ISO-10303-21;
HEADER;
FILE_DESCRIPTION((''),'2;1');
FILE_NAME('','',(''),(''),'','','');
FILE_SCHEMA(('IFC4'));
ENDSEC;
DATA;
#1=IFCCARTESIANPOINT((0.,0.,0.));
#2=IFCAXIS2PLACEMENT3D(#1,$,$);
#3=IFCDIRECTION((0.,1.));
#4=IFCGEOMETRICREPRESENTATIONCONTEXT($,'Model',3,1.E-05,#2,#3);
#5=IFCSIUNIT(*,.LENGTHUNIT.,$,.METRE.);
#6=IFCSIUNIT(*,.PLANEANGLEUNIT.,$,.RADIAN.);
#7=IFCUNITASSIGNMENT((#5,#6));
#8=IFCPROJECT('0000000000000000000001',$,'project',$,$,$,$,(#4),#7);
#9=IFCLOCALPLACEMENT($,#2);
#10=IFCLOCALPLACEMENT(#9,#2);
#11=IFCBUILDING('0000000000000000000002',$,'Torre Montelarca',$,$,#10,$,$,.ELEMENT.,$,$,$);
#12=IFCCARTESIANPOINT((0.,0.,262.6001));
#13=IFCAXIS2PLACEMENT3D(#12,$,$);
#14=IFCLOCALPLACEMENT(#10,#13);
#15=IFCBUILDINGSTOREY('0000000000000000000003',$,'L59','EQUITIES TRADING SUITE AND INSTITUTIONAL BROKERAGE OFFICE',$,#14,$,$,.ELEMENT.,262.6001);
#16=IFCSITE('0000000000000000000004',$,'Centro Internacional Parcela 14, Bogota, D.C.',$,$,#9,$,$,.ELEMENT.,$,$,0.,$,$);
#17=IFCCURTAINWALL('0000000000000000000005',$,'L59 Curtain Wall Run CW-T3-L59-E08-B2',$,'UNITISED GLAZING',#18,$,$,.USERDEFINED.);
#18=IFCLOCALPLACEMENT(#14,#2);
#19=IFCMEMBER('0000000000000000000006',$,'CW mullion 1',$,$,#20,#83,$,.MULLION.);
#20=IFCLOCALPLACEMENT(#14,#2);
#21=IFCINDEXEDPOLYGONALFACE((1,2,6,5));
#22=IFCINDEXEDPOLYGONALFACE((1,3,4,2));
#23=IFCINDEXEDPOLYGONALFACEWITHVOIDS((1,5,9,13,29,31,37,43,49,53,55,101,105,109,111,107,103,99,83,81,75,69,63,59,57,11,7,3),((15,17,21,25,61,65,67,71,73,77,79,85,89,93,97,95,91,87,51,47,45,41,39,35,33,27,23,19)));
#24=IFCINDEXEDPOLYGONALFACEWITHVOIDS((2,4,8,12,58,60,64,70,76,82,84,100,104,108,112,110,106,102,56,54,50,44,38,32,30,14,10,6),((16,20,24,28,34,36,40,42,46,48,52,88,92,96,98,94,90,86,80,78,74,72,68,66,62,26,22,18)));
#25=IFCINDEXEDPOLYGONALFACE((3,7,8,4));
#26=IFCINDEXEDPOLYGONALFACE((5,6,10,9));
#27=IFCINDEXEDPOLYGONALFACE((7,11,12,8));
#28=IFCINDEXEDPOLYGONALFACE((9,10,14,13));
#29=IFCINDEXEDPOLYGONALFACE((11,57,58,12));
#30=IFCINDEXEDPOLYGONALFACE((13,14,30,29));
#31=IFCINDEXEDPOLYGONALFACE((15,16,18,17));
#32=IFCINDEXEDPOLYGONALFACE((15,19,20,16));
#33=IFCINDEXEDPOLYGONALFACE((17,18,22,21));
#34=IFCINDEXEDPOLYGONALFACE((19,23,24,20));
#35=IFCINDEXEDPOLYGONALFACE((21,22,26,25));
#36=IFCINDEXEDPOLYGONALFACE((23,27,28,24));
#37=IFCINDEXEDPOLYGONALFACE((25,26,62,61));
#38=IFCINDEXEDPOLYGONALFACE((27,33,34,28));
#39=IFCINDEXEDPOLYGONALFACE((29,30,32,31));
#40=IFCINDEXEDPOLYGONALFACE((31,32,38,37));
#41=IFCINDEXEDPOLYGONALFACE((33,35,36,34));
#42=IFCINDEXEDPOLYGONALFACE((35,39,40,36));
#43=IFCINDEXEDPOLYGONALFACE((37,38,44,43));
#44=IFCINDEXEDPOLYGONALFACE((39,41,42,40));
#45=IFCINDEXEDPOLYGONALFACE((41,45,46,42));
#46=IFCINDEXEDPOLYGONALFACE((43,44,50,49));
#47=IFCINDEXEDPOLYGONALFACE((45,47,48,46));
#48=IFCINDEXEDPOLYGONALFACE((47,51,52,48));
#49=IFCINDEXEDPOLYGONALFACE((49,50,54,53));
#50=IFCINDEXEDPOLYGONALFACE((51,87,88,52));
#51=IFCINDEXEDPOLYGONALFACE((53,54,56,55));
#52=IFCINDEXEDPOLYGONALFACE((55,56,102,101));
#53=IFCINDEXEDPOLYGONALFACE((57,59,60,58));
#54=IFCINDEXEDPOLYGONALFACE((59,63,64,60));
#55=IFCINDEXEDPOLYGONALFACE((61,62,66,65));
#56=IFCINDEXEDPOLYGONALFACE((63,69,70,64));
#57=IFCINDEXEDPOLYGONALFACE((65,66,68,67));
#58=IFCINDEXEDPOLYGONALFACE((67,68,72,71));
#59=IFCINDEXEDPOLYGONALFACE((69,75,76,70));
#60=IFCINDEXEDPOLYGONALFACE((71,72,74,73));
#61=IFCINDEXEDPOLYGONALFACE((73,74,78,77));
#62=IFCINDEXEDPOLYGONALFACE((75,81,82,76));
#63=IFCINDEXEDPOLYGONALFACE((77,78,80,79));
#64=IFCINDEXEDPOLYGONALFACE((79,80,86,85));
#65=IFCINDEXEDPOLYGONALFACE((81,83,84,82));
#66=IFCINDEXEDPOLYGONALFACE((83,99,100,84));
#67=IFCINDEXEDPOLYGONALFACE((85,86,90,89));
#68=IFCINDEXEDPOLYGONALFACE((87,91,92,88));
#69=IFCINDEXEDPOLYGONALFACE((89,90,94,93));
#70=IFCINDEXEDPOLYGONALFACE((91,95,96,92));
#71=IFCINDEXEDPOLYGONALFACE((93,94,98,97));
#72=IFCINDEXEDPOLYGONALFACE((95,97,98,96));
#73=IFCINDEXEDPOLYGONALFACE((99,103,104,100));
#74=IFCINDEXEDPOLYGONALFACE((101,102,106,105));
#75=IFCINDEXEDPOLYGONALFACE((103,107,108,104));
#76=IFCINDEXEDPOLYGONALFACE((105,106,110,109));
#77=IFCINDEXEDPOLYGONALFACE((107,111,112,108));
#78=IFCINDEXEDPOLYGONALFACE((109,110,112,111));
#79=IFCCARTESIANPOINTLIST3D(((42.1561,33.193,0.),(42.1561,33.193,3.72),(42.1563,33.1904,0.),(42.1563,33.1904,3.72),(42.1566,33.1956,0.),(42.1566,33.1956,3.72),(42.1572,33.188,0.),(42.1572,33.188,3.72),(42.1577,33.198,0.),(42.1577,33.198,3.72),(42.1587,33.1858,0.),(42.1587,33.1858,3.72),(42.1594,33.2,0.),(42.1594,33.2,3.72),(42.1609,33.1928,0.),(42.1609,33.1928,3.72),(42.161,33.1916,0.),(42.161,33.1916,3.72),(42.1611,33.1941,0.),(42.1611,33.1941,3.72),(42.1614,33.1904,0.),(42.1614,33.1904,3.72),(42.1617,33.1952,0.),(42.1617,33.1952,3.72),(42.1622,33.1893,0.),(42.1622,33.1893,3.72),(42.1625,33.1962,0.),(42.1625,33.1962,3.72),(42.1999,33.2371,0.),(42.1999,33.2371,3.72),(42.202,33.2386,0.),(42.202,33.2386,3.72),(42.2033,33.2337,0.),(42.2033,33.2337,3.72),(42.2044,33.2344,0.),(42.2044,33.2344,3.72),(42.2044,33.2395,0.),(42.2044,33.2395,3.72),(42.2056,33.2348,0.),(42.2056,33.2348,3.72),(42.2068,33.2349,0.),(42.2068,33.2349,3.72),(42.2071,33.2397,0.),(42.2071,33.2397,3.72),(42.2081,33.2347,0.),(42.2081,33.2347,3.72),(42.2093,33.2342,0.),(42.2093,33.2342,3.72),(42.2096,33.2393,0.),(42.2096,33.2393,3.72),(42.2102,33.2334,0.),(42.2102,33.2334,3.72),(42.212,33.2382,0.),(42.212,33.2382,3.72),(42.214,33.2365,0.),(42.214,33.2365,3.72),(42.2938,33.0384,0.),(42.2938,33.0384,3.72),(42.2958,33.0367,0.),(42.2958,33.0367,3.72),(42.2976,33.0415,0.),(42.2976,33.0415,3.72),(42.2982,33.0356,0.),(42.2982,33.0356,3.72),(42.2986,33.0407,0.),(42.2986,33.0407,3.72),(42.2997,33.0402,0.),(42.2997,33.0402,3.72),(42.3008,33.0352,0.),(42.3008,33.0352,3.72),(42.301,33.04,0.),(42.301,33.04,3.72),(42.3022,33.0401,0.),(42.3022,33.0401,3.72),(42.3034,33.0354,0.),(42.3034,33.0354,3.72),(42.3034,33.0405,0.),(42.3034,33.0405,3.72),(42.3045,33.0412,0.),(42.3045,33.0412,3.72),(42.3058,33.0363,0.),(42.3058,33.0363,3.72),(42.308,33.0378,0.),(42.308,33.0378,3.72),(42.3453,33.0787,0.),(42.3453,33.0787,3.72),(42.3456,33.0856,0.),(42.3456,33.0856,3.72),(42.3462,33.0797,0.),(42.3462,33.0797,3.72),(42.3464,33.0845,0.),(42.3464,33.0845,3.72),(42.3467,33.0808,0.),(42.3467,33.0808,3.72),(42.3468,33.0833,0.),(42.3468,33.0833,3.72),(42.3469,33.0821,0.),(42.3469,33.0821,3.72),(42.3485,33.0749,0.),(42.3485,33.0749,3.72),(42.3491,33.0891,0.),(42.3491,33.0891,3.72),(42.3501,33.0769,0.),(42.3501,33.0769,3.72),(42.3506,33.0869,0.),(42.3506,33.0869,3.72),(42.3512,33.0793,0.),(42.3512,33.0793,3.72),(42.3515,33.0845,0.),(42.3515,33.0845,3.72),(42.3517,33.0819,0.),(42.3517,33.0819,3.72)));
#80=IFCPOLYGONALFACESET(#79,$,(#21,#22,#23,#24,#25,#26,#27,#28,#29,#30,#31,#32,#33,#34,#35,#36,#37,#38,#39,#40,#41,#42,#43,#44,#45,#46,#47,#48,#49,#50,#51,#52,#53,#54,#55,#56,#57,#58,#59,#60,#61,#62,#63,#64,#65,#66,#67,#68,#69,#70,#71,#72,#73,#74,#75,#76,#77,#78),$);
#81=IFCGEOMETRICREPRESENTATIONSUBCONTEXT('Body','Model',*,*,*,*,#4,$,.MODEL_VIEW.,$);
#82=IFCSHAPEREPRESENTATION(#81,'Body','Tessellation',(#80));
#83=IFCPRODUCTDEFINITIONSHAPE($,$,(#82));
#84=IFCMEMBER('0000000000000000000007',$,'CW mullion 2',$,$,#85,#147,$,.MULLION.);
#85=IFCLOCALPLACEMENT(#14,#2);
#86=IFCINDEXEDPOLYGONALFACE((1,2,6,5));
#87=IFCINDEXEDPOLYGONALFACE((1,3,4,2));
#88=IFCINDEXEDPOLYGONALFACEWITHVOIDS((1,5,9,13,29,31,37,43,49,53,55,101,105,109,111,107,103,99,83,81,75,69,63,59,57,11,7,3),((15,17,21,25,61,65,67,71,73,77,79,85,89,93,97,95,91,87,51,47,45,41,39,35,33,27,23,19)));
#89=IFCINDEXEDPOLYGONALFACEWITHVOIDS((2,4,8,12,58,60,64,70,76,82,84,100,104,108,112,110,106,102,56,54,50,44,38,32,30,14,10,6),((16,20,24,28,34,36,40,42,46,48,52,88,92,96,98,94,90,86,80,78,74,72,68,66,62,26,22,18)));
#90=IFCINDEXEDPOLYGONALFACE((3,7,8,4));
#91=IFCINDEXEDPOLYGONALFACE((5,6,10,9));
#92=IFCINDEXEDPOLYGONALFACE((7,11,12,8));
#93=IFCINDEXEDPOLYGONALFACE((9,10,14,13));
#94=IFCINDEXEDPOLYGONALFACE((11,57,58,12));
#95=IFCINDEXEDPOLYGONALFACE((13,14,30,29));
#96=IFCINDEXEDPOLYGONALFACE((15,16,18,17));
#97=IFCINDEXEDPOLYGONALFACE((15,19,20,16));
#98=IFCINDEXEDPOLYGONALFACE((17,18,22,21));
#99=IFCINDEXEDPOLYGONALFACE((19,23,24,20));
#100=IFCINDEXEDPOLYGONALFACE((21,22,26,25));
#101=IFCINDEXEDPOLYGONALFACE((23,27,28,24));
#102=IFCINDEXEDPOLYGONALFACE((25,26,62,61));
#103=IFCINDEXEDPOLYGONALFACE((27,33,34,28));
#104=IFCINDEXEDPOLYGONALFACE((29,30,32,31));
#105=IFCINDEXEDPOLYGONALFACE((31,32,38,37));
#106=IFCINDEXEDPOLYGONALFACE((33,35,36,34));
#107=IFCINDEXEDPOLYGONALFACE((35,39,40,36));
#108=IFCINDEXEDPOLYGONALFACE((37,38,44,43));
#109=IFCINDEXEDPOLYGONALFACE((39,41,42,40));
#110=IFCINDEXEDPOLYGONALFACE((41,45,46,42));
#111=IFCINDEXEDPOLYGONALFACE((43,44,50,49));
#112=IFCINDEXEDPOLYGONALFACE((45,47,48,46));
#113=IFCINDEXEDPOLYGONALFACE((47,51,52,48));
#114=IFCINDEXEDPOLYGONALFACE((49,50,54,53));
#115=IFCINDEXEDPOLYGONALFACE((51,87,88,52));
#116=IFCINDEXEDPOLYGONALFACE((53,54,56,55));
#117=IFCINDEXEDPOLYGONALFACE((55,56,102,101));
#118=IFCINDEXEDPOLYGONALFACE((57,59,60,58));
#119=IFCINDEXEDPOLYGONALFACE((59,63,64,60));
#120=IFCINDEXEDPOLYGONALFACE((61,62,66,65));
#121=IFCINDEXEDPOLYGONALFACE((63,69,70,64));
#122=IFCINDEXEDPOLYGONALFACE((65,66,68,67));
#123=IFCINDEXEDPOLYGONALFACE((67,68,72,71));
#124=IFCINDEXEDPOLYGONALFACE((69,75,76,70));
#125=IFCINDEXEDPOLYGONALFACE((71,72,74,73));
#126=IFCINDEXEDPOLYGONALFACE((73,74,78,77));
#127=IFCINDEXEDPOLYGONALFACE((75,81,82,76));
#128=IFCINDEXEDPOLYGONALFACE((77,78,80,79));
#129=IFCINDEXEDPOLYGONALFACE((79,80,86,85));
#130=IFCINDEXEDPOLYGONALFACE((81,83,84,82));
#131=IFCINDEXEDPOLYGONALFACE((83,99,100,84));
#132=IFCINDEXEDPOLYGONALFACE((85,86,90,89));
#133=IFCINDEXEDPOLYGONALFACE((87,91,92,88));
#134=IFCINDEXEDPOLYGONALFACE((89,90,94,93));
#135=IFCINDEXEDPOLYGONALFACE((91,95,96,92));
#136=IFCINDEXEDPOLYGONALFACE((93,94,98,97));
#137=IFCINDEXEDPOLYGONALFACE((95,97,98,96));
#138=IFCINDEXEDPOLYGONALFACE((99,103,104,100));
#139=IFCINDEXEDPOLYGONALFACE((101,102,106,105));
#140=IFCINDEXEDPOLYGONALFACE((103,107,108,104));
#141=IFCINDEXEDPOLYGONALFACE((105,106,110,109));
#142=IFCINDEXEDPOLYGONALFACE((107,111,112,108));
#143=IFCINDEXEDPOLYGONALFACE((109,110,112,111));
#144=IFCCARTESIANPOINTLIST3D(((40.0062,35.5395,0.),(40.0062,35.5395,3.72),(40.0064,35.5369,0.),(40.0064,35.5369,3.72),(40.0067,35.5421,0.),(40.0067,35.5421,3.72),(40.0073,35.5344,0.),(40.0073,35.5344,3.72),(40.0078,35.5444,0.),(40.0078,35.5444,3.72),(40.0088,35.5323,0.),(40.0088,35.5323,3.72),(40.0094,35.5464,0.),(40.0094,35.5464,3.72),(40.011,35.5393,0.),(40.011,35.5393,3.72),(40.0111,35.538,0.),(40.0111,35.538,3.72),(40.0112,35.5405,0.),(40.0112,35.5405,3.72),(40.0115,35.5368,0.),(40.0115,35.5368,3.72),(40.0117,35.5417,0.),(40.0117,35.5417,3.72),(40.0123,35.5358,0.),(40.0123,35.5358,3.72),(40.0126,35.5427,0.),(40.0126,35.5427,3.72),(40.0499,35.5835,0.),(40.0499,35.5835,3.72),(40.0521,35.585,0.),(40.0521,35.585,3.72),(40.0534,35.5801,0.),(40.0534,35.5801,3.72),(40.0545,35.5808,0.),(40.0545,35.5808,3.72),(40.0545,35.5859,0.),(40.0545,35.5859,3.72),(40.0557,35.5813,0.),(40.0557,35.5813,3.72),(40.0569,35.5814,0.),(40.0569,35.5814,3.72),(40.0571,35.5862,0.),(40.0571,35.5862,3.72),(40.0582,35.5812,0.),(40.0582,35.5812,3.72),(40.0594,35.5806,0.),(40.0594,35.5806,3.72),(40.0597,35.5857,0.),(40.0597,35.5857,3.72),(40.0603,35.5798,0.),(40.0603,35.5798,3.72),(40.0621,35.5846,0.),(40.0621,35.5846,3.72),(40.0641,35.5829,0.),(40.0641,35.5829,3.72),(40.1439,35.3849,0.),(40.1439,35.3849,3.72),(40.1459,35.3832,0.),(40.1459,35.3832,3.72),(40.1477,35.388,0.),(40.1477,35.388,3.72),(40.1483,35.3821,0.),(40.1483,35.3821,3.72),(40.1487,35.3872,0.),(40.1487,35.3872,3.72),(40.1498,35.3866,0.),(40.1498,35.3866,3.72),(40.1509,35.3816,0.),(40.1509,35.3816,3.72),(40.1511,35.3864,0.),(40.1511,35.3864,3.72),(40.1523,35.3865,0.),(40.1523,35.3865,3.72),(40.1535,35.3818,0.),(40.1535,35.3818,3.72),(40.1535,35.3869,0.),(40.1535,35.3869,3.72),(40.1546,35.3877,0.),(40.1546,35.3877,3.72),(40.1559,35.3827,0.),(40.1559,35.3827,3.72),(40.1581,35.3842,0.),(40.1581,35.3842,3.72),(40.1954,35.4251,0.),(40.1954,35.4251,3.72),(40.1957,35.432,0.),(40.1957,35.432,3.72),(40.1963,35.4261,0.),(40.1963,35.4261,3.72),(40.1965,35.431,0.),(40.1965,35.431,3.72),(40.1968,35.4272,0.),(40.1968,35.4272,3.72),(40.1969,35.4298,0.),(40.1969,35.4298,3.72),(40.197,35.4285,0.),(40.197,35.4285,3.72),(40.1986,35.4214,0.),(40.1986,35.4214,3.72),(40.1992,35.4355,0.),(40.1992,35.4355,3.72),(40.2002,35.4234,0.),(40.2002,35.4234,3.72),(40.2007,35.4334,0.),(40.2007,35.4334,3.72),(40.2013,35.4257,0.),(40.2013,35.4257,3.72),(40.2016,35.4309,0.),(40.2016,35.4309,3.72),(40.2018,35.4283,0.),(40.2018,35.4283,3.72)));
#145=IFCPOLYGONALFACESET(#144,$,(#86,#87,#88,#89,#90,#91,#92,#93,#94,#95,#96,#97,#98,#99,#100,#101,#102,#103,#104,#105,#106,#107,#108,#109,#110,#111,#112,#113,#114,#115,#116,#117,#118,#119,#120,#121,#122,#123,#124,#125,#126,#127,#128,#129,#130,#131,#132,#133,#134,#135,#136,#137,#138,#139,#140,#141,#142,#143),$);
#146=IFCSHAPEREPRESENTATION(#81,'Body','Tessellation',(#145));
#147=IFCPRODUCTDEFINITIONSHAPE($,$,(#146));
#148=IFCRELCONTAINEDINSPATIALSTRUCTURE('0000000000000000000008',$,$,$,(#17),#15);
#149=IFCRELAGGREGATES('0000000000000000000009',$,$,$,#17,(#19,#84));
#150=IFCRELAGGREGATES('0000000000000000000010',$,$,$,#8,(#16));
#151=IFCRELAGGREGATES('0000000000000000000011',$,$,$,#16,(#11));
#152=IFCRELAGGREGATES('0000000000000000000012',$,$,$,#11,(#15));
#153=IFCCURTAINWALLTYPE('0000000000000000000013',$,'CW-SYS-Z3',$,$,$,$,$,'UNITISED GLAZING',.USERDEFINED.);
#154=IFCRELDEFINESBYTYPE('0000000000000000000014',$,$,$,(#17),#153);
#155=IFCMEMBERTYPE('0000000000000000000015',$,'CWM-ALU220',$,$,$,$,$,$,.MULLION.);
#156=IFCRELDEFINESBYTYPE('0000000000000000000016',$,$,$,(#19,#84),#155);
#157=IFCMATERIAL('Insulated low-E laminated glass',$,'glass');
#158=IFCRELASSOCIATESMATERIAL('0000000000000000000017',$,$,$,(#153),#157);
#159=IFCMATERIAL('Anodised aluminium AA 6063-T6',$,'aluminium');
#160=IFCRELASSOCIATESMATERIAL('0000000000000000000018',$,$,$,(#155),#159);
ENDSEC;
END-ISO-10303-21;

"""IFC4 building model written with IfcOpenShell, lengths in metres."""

from ifc_helpers import new_model, si_unit, direction, frame, origin, origin_2d, place, context, subcontext, project, spatial, hollow_rectangle, extrude, source, transform, mapped, material, material_profile, profile_set, type_object, element, aggregate, save


model = new_model("IFC4")

# Units and contexts
model_context = context("Model", 3, precision=1e-05, world=origin(), true_north=direction((0.0, 1.0)))
body_context = subcontext(model_context, "Body", "Model", "MODEL_VIEW")
ifc_project = project(units=[si_unit("LENGTHUNIT", "METRE"), si_unit("PLANEANGLEUNIT", "RADIAN")], contexts=[model_context])

# Site, building, storey
site_placement = place(None, origin())
site = spatial("IfcSite", under=ifc_project, at=site_placement, Name="Centro Internacional Parcela 14, Bogota, D.C.", CompositionType="ELEMENT", RefElevation=0.0)
building_placement = place(site_placement, origin())
building = spatial("IfcBuilding", under=site, at=building_placement, Name="Torre Montelarca", CompositionType="ELEMENT")
storey_placement = place(building_placement, frame((0.0, 0.0, 262.6001)))
storey = spatial("IfcBuildingStorey", under=building, at=storey_placement, Name="L59", Description="EQUITIES TRADING SUITE AND INSTITUTIONAL BROKERAGE OFFICE", CompositionType="ELEMENT", Elevation=262.6001)

# Shared definitions
ifc_material_1 = material(Name="Insulated low-E laminated glass", Category="glass")
curtain_wall_type = type_object("IfcCurtainWallType", Name="CW-SYS-Z3", ElementType="UNITISED GLAZING", PredefinedType="USERDEFINED", material=ifc_material_1)
ifc_material_2 = material(Name="Anodised aluminium AA 6063-T6", Category="aluminium")
ifc_material_profile_1 = material_profile(ifc_material_2, hollow_rectangle(XDim=0.075, YDim=0.22, WallThickness=0.0049, InnerFilletRadius=0.0049, OuterFilletRadius=0.01, at=origin_2d()), Name="ALU75X220X5", Category="aluminium")
ifc_profile_set_1 = profile_set([ifc_material_profile_1], Name="Anodised aluminium AA 6063-T6")
member_type_1 = type_object("IfcMemberType", Name="CWM-ALU220", PredefinedType="MULLION", material=ifc_profile_set_1)
shared_shape_1 = source(origin(), body_context, "Body", "SweptSolid", [
    extrude(hollow_rectangle(XDim=0.075, YDim=0.22, WallThickness=0.0049, InnerFilletRadius=0.0049, OuterFilletRadius=0.01, at=origin_2d()), origin(), (0.0, 0.0, 1.0), 3.72),
])

# Curtain wall, members
curtain_wall_1_placement = place(storey_placement, origin())
curtain_wall_1 = element("IfcCurtainWall", 1, at=curtain_wall_1_placement, inside=storey, type_object=curtain_wall_type, Name="L59 Curtain Wall Run CW-T3-L59-E08-B2", ObjectType="UNITISED GLAZING", PredefinedType="USERDEFINED")
member_1_placement = place(storey_placement, frame((42.2539, 33.1375, 0.0), z_axis=(0.0, 0.0, 1.0), x_axis=(-0.73728, -0.675588, 0.0)))
member_1 = element("IfcMember", 2, at=member_1_placement, type_object=member_type_1, Name="CW mullion 1", PredefinedType="MULLION", context=body_context, shape_type="MappedRepresentation", body=[
    mapped(shared_shape_1, transform((0.0, 0.0, 0.0), scale=1.0)),
])
member_2_placement = place(storey_placement, frame((40.104, 35.4839, 0.0), z_axis=(0.0, 0.0, 1.0), x_axis=(-0.73728, -0.675588, 0.0)))
member_2 = element("IfcMember", 3, at=member_2_placement, type_object=member_type_1, Name="CW mullion 2", PredefinedType="MULLION", context=body_context, shape_type="MappedRepresentation", body=[
    mapped(shared_shape_1, transform((0.0, 0.0, 0.0), scale=1.0)),
])

aggregate(curtain_wall_1, [member_1, member_2])

save(model, "model.ifc")
